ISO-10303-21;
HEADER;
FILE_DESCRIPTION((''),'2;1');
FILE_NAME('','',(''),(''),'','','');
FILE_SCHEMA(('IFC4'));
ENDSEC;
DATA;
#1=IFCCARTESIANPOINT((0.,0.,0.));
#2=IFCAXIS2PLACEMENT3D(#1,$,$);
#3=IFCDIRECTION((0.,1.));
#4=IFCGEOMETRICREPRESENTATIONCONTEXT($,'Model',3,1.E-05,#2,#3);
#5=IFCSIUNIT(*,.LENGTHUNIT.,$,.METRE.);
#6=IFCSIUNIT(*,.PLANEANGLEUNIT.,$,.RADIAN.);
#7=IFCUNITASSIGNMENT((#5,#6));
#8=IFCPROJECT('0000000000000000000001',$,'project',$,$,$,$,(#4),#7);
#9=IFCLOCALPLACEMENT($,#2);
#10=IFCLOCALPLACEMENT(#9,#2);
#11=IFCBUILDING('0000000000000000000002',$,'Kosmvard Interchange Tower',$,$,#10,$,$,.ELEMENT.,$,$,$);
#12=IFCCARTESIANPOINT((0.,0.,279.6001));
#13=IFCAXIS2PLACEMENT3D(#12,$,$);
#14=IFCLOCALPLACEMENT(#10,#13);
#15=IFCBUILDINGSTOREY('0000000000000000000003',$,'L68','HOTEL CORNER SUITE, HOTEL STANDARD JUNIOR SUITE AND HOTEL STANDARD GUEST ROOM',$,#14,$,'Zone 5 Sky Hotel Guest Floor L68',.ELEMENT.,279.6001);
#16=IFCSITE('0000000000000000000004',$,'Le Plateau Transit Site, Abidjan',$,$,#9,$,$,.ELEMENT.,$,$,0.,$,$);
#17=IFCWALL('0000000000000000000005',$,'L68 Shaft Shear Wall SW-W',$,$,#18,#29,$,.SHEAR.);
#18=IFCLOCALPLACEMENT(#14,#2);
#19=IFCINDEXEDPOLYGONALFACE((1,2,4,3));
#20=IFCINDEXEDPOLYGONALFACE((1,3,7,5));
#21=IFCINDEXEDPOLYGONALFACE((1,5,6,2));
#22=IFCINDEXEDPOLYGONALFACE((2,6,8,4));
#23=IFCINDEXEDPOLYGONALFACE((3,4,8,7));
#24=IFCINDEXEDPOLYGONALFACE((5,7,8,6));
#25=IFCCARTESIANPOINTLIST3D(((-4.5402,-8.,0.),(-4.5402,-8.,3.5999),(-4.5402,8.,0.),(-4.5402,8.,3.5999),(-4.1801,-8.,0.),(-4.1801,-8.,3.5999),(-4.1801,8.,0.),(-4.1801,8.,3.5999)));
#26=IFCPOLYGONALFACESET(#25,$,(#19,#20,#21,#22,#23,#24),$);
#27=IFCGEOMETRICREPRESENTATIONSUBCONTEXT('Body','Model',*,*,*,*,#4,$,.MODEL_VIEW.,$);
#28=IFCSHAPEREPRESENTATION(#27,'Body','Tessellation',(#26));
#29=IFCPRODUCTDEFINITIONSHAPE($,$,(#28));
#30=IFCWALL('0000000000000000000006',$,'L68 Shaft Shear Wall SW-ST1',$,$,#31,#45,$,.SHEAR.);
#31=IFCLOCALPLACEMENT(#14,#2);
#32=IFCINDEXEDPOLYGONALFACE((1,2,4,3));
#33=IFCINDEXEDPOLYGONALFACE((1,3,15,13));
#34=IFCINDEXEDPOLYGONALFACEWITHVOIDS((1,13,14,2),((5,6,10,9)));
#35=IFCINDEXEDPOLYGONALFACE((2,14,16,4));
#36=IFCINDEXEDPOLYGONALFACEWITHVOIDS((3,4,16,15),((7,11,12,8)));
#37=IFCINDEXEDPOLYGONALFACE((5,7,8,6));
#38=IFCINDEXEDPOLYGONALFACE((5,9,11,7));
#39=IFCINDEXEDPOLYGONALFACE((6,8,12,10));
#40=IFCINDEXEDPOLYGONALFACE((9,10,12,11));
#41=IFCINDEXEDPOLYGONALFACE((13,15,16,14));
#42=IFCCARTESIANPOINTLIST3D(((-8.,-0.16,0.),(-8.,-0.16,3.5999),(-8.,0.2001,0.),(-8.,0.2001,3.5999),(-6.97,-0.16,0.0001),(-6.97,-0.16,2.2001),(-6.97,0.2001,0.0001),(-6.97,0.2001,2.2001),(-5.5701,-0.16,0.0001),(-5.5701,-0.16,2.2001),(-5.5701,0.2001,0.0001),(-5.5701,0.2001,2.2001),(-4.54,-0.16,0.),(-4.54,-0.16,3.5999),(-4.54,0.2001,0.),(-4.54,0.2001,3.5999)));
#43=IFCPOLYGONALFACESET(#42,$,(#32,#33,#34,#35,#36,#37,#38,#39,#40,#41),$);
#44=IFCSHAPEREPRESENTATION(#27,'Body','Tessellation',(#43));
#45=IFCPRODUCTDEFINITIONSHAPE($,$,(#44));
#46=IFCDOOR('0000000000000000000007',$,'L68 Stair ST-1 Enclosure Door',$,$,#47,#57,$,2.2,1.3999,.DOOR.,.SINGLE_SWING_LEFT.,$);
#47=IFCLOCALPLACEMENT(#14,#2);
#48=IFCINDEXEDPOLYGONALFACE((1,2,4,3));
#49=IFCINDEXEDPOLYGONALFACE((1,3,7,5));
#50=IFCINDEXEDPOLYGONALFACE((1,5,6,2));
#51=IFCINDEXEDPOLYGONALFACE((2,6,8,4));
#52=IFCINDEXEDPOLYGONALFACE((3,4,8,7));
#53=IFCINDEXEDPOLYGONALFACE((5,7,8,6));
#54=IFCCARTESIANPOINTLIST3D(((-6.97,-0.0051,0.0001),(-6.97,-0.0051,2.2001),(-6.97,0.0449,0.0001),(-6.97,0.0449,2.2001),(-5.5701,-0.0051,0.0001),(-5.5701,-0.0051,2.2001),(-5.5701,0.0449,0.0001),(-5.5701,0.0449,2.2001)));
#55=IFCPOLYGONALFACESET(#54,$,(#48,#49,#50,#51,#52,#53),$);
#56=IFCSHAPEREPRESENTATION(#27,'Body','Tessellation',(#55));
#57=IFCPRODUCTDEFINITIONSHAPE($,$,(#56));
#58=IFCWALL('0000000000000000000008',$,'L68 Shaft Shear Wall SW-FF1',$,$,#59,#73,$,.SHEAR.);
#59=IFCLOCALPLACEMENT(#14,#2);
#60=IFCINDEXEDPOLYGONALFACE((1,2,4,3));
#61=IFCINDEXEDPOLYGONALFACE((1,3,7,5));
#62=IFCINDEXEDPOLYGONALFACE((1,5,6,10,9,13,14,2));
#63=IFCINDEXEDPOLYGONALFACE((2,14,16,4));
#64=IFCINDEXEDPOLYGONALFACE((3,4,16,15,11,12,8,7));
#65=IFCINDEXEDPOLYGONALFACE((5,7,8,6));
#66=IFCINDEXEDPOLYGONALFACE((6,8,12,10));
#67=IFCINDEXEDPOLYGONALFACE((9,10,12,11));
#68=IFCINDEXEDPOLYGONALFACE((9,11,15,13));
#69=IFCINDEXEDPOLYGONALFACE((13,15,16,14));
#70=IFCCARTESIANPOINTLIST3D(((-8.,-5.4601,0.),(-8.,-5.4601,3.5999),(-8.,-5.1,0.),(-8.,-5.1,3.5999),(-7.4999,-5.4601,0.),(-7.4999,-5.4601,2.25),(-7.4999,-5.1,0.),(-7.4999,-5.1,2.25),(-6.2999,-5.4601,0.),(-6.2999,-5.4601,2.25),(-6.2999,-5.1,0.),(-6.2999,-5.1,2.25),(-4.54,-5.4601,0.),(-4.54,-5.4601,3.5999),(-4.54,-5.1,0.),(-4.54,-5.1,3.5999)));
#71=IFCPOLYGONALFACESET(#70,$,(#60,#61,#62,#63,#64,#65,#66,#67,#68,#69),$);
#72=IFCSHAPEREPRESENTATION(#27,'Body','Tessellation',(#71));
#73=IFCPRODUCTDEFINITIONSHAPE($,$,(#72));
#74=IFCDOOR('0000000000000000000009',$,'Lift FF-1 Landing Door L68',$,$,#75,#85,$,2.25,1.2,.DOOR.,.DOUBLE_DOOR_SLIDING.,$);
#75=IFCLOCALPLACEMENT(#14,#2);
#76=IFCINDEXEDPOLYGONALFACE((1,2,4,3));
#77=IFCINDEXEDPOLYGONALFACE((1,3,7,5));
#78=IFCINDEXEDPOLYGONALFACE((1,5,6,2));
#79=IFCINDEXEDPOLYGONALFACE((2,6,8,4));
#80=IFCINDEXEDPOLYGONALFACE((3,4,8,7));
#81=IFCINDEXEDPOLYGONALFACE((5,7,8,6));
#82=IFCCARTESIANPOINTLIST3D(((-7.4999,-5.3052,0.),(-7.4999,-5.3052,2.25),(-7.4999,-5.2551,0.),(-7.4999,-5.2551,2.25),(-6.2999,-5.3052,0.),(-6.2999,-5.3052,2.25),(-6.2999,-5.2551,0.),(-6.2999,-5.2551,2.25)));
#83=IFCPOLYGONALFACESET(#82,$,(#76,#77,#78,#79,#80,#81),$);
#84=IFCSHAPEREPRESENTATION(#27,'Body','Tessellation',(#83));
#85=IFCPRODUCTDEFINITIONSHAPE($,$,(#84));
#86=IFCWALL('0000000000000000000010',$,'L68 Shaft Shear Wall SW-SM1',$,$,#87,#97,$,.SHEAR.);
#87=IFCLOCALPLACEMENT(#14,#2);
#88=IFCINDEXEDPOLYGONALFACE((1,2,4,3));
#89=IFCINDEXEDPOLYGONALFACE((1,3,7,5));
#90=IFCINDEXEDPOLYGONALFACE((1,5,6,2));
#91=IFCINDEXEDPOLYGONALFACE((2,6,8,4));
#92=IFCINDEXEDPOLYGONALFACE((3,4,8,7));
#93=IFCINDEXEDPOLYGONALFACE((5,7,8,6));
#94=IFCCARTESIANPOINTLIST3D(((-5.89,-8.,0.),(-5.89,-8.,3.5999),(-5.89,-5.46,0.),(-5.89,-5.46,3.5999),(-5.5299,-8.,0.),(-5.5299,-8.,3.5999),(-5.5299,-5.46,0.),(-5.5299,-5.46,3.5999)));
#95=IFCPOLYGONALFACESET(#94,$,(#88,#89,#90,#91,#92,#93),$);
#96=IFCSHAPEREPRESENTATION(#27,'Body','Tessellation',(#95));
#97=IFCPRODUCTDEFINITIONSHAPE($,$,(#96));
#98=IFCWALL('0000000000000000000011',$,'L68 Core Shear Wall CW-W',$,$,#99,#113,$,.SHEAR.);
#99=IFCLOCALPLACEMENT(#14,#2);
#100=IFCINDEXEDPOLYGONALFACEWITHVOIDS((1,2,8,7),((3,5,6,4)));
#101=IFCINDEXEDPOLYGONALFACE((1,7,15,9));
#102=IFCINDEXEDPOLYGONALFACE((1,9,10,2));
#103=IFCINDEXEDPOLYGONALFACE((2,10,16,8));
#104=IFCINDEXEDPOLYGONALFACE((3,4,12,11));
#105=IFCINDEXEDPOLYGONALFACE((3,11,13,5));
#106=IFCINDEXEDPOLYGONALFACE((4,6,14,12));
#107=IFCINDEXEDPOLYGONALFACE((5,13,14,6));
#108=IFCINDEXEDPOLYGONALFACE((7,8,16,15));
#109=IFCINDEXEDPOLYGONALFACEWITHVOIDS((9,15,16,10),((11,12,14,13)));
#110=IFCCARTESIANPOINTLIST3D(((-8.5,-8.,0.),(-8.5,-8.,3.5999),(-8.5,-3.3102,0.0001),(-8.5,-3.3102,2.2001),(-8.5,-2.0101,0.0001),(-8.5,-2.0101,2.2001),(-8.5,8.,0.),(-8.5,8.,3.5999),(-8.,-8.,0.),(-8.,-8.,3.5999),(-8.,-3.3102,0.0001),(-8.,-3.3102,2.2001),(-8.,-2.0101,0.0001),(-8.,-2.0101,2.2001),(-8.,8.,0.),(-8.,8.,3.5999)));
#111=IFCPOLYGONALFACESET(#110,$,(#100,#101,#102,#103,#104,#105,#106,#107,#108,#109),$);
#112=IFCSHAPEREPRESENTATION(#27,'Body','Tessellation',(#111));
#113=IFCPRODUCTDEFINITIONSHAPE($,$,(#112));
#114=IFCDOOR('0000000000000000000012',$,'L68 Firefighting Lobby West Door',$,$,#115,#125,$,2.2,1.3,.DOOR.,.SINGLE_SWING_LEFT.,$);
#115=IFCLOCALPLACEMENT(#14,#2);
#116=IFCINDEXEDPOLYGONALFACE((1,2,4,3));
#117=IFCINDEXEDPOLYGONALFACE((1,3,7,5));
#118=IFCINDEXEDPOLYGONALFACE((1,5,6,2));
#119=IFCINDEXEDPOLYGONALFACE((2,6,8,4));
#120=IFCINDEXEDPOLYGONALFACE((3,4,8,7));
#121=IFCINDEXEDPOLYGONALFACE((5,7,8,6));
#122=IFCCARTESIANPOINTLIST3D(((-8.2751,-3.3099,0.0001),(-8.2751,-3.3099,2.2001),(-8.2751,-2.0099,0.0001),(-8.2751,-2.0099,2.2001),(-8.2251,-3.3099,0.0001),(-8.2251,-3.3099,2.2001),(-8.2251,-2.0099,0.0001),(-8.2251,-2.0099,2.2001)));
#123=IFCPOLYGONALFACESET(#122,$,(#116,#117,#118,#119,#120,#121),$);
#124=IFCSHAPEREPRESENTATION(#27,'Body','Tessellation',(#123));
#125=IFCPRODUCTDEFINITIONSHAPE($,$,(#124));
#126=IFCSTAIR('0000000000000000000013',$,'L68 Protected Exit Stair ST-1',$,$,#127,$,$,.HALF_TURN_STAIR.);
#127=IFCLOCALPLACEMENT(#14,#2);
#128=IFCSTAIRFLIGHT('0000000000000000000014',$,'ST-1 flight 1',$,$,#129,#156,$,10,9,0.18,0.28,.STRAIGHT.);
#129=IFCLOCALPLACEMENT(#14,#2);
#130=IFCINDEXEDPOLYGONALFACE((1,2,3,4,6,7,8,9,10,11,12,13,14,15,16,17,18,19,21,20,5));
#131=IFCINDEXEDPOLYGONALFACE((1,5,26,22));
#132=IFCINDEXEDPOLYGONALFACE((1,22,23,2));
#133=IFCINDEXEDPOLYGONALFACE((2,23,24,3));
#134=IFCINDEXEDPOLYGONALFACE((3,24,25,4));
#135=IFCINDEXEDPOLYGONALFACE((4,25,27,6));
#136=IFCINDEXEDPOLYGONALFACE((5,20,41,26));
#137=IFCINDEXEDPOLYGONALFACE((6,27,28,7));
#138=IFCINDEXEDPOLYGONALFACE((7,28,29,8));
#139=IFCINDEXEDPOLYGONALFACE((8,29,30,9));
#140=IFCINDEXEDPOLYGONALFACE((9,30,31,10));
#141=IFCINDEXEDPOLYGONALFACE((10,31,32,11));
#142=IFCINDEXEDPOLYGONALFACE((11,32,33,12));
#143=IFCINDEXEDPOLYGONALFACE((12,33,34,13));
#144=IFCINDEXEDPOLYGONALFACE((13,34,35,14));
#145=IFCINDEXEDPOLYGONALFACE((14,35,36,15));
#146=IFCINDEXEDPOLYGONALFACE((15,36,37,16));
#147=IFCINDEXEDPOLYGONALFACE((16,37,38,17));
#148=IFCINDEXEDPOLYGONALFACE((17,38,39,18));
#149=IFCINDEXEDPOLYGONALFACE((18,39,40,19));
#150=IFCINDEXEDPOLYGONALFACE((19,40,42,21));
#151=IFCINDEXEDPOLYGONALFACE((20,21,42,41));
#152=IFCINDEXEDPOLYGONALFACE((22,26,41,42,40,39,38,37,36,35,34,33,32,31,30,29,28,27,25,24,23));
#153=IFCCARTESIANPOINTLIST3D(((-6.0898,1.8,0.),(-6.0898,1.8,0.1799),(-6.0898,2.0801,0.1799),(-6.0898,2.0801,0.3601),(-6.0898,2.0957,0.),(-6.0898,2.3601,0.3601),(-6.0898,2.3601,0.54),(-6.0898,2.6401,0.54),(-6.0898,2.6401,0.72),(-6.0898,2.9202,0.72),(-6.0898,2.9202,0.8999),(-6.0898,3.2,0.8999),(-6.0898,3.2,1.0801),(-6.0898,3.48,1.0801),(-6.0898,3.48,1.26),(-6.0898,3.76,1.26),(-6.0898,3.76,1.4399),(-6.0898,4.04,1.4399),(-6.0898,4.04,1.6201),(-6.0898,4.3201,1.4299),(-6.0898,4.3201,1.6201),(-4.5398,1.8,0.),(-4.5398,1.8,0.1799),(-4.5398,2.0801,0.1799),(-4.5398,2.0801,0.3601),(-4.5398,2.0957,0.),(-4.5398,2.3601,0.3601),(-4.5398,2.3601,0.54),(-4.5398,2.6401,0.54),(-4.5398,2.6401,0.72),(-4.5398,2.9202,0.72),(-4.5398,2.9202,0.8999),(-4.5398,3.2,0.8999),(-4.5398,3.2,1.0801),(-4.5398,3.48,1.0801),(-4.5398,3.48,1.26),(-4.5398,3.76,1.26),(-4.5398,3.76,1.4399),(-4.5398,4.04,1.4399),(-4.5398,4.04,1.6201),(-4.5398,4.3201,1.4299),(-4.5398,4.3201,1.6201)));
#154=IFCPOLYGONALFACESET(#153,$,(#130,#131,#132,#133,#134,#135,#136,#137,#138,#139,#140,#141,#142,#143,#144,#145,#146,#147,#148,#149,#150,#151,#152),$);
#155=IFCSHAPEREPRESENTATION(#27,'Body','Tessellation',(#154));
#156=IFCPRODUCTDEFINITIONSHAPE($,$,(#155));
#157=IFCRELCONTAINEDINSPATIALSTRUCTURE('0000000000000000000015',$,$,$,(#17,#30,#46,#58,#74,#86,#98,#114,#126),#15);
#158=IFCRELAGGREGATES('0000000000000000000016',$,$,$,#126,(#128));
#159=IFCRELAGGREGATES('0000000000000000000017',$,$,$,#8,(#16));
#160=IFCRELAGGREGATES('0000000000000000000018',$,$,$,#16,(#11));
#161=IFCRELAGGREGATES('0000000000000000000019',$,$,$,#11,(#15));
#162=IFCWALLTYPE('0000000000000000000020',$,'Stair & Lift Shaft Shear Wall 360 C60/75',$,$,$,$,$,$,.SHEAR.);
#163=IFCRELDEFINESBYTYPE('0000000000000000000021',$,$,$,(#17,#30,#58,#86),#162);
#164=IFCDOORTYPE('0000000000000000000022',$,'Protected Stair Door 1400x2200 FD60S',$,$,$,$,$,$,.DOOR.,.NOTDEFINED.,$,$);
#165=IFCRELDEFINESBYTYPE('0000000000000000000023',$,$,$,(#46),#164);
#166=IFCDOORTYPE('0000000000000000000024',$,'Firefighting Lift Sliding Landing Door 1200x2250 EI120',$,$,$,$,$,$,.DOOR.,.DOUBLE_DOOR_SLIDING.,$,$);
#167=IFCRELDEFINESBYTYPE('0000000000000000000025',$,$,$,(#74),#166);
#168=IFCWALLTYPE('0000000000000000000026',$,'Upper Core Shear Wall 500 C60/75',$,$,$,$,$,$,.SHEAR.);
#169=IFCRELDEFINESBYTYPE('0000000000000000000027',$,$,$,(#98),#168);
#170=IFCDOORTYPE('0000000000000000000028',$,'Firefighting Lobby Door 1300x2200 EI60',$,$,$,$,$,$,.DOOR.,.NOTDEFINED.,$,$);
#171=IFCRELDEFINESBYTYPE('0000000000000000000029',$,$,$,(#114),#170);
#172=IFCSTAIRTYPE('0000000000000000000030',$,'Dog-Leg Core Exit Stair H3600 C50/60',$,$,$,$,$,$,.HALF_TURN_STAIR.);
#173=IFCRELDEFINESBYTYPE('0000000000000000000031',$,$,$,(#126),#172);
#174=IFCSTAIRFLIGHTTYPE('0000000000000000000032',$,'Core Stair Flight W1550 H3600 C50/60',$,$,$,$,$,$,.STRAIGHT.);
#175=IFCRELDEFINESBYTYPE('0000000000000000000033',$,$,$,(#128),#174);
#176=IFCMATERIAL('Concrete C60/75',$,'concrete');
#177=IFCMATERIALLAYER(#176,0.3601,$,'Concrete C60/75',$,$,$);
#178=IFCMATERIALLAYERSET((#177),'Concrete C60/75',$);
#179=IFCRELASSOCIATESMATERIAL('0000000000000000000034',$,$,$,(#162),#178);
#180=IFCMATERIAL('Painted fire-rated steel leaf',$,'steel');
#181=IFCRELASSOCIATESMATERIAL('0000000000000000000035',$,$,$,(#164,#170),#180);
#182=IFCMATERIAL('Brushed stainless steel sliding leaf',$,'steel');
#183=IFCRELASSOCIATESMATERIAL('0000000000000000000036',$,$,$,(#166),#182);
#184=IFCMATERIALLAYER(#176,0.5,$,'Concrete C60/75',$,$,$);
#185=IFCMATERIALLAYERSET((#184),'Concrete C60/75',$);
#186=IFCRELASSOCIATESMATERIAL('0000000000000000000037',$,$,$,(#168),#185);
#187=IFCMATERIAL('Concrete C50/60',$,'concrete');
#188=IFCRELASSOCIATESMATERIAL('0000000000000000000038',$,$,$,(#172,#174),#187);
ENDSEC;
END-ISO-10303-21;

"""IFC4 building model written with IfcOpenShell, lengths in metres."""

from ifc_helpers import new_model, si_unit, direction, frame, frame_2d, origin, place, context, subcontext, project, spatial, polyline, rectangle, outline, extrude, source, transform, mapped, material, layer, layer_set, type_object, element, fill, aggregate, save


model = new_model("IFC4")

# Units and contexts
model_context = context("Model", 3, precision=1e-05, world=origin(), true_north=direction((0.0, 1.0)))
body_context = subcontext(model_context, "Body", "Model", "MODEL_VIEW")
ifc_project = project(units=[si_unit("LENGTHUNIT", "METRE"), si_unit("PLANEANGLEUNIT", "RADIAN")], contexts=[model_context])

# Site, building, storey
site_placement = place(None, origin())
site = spatial("IfcSite", under=ifc_project, at=site_placement, Name="Le Plateau Transit Site, Abidjan", CompositionType="ELEMENT", RefElevation=0.0)
building_placement = place(site_placement, origin())
building = spatial("IfcBuilding", under=site, at=building_placement, Name="Kosmvard Interchange Tower", CompositionType="ELEMENT")
storey_placement = place(building_placement, frame((0.0, 0.0, 279.6001)))
storey = spatial("IfcBuildingStorey", under=building, at=storey_placement, Name="L68", Description="HOTEL CORNER SUITE, HOTEL STANDARD JUNIOR SUITE AND HOTEL STANDARD GUEST ROOM", LongName="Zone 5 Sky Hotel Guest Floor L68", CompositionType="ELEMENT", Elevation=279.6001)

# Shared definitions
ifc_material_1 = material(Name="Painted fire-rated steel leaf", Category="steel")
ifc_material_2 = material(Name="Brushed stainless steel sliding leaf", Category="steel")

# Wall
ifc_material_3 = material(Name="Concrete C60/75", Category="concrete")
ifc_layer_1 = layer(ifc_material_3, 0.3601, Name="Concrete C60/75")
ifc_layer_set_1 = layer_set([ifc_layer_1], Name="Concrete C60/75")
wall_type_1 = type_object("IfcWallType", Name="Stair & Lift Shaft Shear Wall 360 C60/75", PredefinedType="SHEAR", material=ifc_layer_set_1)
wall_1_placement = place(storey_placement, frame((-4.3601, -8.0, 0.0), z_axis=(0.0, 0.0, 1.0), x_axis=(0.0, 1.0, 0.0)))
element("IfcWall", 1, at=wall_1_placement, inside=storey, type_object=wall_type_1, Name="L68 Shaft Shear Wall SW-W", PredefinedType="SHEAR", context=body_context, shape_type="SweptSolid", body=[
    extrude(rectangle(XDim=16.0, YDim=0.3601, at=frame_2d((8.0, 0.0))), origin(), (0.0, 0.0, 1.0), 3.5999),
])

# Walls, openings, doors
wall_2_placement = place(storey_placement, frame((-8.0, 0.02, 0.0), z_axis=(0.0, 0.0, 1.0), x_axis=(1.0, 0.0, 0.0)))
wall_2 = element("IfcWall", 2, at=wall_2_placement, inside=storey, type_object=wall_type_1, Name="L68 Shaft Shear Wall SW-ST1", PredefinedType="SHEAR", context=body_context, shape_type="SweptSolid", body=[
    extrude(rectangle(XDim=3.46, YDim=0.3601, at=frame_2d((1.73, 0.0))), origin(), (0.0, 0.0, 1.0), 3.5999),
])
opening_1_placement = place(wall_2_placement, frame((1.03, 0.0, 0.0)))
opening_1 = element("IfcOpeningElement", 3, at=opening_1_placement, cuts=wall_2, PredefinedType="OPENING", context=body_context, shape_type="SweptSolid", body=[
    extrude(rectangle(XDim=1.3999, YDim=2.2, at=frame_2d((0.7, 1.1001))), frame((0.0, 0.1899, 0.0), z_axis=(0.0, -1.0, 0.0), x_axis=(1.0, 0.0, 0.0)), (0.0, 0.0, 1.0), 0.3801),
])
door_type_1 = type_object("IfcDoorType", Name="Protected Stair Door 1400x2200 FD60S", OperationType="NOTDEFINED", PredefinedType="DOOR", material=ifc_material_1)
shared_shape_1 = source(origin(), body_context, "Body", "SweptSolid", [
    extrude(rectangle(XDim=1.3999, YDim=2.2, at=frame_2d((0.7, 1.1001))), frame((0.0, 0.0249, 0.0), z_axis=(0.0, -1.0, 0.0), x_axis=(1.0, 0.0, 0.0)), (0.0, 0.0, 1.0), 0.05),
])
door_1_placement = place(opening_1_placement, origin())
door_1 = element("IfcDoor", 4, at=door_1_placement, inside=storey, type_object=door_type_1, Name="L68 Stair ST-1 Enclosure Door", OperationType="SINGLE_SWING_LEFT", OverallHeight=2.2, OverallWidth=1.3999, PredefinedType="DOOR", context=body_context, shape_type="MappedRepresentation", body=[
    mapped(shared_shape_1, transform((0.0, 0.0, 0.0), scale=1.0)),
])
fill(opening_1, door_1)
wall_3_placement = place(storey_placement, frame((-8.0, -5.28, 0.0), z_axis=(0.0, 0.0, 1.0), x_axis=(1.0, 0.0, 0.0)))
wall_3 = element("IfcWall", 5, at=wall_3_placement, inside=storey, type_object=wall_type_1, Name="L68 Shaft Shear Wall SW-FF1", PredefinedType="SHEAR", context=body_context, shape_type="SweptSolid", body=[
    extrude(rectangle(XDim=3.46, YDim=0.3601, at=frame_2d((1.73, 0.0))), origin(), (0.0, 0.0, 1.0), 3.5999),
])
opening_2_placement = place(wall_3_placement, frame((0.5, 0.0, 0.0)))
opening_2 = element("IfcOpeningElement", 6, at=opening_2_placement, cuts=wall_3, PredefinedType="OPENING", context=body_context, shape_type="SweptSolid", body=[
    extrude(rectangle(XDim=1.2, YDim=2.25, at=frame_2d((0.6001, 1.125))), frame((0.0, 0.1899, 0.0), z_axis=(0.0, -1.0, 0.0), x_axis=(1.0, 0.0, 0.0)), (0.0, 0.0, 1.0), 0.3801),
])
door_type_2 = type_object("IfcDoorType", Name="Firefighting Lift Sliding Landing Door 1200x2250 EI120", OperationType="DOUBLE_DOOR_SLIDING", PredefinedType="DOOR", material=ifc_material_2)
shared_shape_2 = source(origin(), body_context, "Body", "SweptSolid", [
    extrude(rectangle(XDim=1.2, YDim=2.25, at=frame_2d((0.6001, 1.125))), frame((0.0, 0.0249, 0.0), z_axis=(0.0, -1.0, 0.0), x_axis=(1.0, 0.0, 0.0)), (0.0, 0.0, 1.0), 0.05),
])
door_2_placement = place(opening_2_placement, origin())
door_2 = element("IfcDoor", 7, at=door_2_placement, inside=storey, type_object=door_type_2, Name="Lift FF-1 Landing Door L68", OperationType="DOUBLE_DOOR_SLIDING", OverallHeight=2.25, OverallWidth=1.2, PredefinedType="DOOR", context=body_context, shape_type="MappedRepresentation", body=[
    mapped(shared_shape_2, transform((0.0, 0.0, 0.0), scale=1.0)),
])
fill(opening_2, door_2)

# Wall
wall_4_placement = place(storey_placement, frame((-5.71, -8.0, 0.0), z_axis=(0.0, 0.0, 1.0), x_axis=(0.0, 1.0, 0.0)))
element("IfcWall", 8, at=wall_4_placement, inside=storey, type_object=wall_type_1, Name="L68 Shaft Shear Wall SW-SM1", PredefinedType="SHEAR", context=body_context, shape_type="SweptSolid", body=[
    extrude(rectangle(XDim=2.54, YDim=0.3601, at=frame_2d((1.27, 0.0))), origin(), (0.0, 0.0, 1.0), 3.5999),
])

# Wall, opening, door
ifc_layer_2 = layer(ifc_material_3, 0.5, Name="Concrete C60/75")
ifc_layer_set_2 = layer_set([ifc_layer_2], Name="Concrete C60/75")
wall_type_2 = type_object("IfcWallType", Name="Upper Core Shear Wall 500 C60/75", PredefinedType="SHEAR", material=ifc_layer_set_2)
wall_5_placement = place(storey_placement, frame((-8.25, -8.0, 0.0), z_axis=(0.0, 0.0, 1.0), x_axis=(0.0, 1.0, 0.0)))
wall_5 = element("IfcWall", 9, at=wall_5_placement, inside=storey, type_object=wall_type_2, Name="L68 Core Shear Wall CW-W", PredefinedType="SHEAR", context=body_context, shape_type="SweptSolid", body=[
    extrude(rectangle(XDim=16.0, YDim=0.5, at=frame_2d((8.0, 0.0))), origin(), (0.0, 0.0, 1.0), 3.5999),
])
opening_3_placement = place(wall_5_placement, frame((4.6899, 0.0, 0.0)))
opening_3 = element("IfcOpeningElement", 10, at=opening_3_placement, cuts=wall_5, PredefinedType="OPENING", context=body_context, shape_type="SweptSolid", body=[
    extrude(rectangle(XDim=1.3, YDim=2.2, at=frame_2d((0.6499, 1.1001))), frame((0.0, 0.26, 0.0), z_axis=(0.0, -1.0, 0.0), x_axis=(1.0, 0.0, 0.0)), (0.0, 0.0, 1.0), 0.52),
])
door_type_3 = type_object("IfcDoorType", Name="Firefighting Lobby Door 1300x2200 EI60", OperationType="NOTDEFINED", PredefinedType="DOOR", material=ifc_material_1)
shared_shape_3 = source(origin(), body_context, "Body", "SweptSolid", [
    extrude(rectangle(XDim=1.3, YDim=2.2, at=frame_2d((0.6499, 1.1001))), frame((0.0, 0.0249, 0.0), z_axis=(0.0, -1.0, 0.0), x_axis=(1.0, 0.0, 0.0)), (0.0, 0.0, 1.0), 0.05),
])
door_3_placement = place(opening_3_placement, frame((1.3, 0.0, 0.0), z_axis=(0.0, 0.0, 1.0), x_axis=(-1.0, 0.0, 0.0)))
door_3 = element("IfcDoor", 11, at=door_3_placement, inside=storey, type_object=door_type_3, Name="L68 Firefighting Lobby West Door", OperationType="SINGLE_SWING_LEFT", OverallHeight=2.2, OverallWidth=1.3, PredefinedType="DOOR", context=body_context, shape_type="MappedRepresentation", body=[
    mapped(shared_shape_3, transform((0.0, 0.0, 0.0), scale=1.0)),
])
fill(opening_3, door_3)

# Stair, stair flight
ifc_material_4 = material(Name="Concrete C50/60", Category="concrete")
stair_type = type_object("IfcStairType", Name="Dog-Leg Core Exit Stair H3600 C50/60", PredefinedType="HALF_TURN_STAIR", material=ifc_material_4)
stair_placement = place(storey_placement, origin())
stair = element("IfcStair", 12, at=stair_placement, inside=storey, type_object=stair_type, Name="L68 Protected Exit Stair ST-1", PredefinedType="HALF_TURN_STAIR")
stair_flight_type = type_object("IfcStairFlightType", Name="Core Stair Flight W1550 H3600 C50/60", PredefinedType="STRAIGHT", material=ifc_material_4)
shared_shape_4 = source(origin(), body_context, "Body", "SweptSolid", [
    extrude(outline(polyline([(0.0, 0.0), (0.0, 0.1799), (0.28, 0.1799), (0.28, 0.3601), (0.5601, 0.3601), (0.5601, 0.54), (0.8401, 0.54), (0.8401, 0.72), (1.1201, 0.72), (1.1201, 0.8999), (1.3999, 0.8999), (1.3999, 1.0801), (1.6799, 1.0801), (1.6799, 1.26), (1.96, 1.26), (1.96, 1.4399), (2.24, 1.4399), (2.24, 1.6201), (2.52, 1.6201), (2.52, 1.8), (2.52, 1.4299), (0.2957, 0.0), (0.0, 0.0)])), frame((0.0, 0.7749, 0.0), z_axis=(0.0, -1.0, 0.0), x_axis=(1.0, 0.0, 0.0)), (0.0, 0.0, 1.0), 1.55),
])
stair_flight_placement = place(storey_placement, frame((-5.3149, 1.8, 0.0), z_axis=(0.0, 0.0, 1.0), x_axis=(0.0, 1.0, 0.0)))
stair_flight = element("IfcStairFlight", 13, at=stair_flight_placement, type_object=stair_flight_type, Name="ST-1 flight 1", NumberOfRisers=10, NumberOfTreads=9, PredefinedType="STRAIGHT", RiserHeight=0.18, TreadLength=0.28, context=body_context, shape_type="MappedRepresentation", body=[
    mapped(shared_shape_4, transform((0.0, 0.0, 0.0), scale=1.0)),
])
aggregate(stair, [stair_flight])

save(model, "model.ifc")
